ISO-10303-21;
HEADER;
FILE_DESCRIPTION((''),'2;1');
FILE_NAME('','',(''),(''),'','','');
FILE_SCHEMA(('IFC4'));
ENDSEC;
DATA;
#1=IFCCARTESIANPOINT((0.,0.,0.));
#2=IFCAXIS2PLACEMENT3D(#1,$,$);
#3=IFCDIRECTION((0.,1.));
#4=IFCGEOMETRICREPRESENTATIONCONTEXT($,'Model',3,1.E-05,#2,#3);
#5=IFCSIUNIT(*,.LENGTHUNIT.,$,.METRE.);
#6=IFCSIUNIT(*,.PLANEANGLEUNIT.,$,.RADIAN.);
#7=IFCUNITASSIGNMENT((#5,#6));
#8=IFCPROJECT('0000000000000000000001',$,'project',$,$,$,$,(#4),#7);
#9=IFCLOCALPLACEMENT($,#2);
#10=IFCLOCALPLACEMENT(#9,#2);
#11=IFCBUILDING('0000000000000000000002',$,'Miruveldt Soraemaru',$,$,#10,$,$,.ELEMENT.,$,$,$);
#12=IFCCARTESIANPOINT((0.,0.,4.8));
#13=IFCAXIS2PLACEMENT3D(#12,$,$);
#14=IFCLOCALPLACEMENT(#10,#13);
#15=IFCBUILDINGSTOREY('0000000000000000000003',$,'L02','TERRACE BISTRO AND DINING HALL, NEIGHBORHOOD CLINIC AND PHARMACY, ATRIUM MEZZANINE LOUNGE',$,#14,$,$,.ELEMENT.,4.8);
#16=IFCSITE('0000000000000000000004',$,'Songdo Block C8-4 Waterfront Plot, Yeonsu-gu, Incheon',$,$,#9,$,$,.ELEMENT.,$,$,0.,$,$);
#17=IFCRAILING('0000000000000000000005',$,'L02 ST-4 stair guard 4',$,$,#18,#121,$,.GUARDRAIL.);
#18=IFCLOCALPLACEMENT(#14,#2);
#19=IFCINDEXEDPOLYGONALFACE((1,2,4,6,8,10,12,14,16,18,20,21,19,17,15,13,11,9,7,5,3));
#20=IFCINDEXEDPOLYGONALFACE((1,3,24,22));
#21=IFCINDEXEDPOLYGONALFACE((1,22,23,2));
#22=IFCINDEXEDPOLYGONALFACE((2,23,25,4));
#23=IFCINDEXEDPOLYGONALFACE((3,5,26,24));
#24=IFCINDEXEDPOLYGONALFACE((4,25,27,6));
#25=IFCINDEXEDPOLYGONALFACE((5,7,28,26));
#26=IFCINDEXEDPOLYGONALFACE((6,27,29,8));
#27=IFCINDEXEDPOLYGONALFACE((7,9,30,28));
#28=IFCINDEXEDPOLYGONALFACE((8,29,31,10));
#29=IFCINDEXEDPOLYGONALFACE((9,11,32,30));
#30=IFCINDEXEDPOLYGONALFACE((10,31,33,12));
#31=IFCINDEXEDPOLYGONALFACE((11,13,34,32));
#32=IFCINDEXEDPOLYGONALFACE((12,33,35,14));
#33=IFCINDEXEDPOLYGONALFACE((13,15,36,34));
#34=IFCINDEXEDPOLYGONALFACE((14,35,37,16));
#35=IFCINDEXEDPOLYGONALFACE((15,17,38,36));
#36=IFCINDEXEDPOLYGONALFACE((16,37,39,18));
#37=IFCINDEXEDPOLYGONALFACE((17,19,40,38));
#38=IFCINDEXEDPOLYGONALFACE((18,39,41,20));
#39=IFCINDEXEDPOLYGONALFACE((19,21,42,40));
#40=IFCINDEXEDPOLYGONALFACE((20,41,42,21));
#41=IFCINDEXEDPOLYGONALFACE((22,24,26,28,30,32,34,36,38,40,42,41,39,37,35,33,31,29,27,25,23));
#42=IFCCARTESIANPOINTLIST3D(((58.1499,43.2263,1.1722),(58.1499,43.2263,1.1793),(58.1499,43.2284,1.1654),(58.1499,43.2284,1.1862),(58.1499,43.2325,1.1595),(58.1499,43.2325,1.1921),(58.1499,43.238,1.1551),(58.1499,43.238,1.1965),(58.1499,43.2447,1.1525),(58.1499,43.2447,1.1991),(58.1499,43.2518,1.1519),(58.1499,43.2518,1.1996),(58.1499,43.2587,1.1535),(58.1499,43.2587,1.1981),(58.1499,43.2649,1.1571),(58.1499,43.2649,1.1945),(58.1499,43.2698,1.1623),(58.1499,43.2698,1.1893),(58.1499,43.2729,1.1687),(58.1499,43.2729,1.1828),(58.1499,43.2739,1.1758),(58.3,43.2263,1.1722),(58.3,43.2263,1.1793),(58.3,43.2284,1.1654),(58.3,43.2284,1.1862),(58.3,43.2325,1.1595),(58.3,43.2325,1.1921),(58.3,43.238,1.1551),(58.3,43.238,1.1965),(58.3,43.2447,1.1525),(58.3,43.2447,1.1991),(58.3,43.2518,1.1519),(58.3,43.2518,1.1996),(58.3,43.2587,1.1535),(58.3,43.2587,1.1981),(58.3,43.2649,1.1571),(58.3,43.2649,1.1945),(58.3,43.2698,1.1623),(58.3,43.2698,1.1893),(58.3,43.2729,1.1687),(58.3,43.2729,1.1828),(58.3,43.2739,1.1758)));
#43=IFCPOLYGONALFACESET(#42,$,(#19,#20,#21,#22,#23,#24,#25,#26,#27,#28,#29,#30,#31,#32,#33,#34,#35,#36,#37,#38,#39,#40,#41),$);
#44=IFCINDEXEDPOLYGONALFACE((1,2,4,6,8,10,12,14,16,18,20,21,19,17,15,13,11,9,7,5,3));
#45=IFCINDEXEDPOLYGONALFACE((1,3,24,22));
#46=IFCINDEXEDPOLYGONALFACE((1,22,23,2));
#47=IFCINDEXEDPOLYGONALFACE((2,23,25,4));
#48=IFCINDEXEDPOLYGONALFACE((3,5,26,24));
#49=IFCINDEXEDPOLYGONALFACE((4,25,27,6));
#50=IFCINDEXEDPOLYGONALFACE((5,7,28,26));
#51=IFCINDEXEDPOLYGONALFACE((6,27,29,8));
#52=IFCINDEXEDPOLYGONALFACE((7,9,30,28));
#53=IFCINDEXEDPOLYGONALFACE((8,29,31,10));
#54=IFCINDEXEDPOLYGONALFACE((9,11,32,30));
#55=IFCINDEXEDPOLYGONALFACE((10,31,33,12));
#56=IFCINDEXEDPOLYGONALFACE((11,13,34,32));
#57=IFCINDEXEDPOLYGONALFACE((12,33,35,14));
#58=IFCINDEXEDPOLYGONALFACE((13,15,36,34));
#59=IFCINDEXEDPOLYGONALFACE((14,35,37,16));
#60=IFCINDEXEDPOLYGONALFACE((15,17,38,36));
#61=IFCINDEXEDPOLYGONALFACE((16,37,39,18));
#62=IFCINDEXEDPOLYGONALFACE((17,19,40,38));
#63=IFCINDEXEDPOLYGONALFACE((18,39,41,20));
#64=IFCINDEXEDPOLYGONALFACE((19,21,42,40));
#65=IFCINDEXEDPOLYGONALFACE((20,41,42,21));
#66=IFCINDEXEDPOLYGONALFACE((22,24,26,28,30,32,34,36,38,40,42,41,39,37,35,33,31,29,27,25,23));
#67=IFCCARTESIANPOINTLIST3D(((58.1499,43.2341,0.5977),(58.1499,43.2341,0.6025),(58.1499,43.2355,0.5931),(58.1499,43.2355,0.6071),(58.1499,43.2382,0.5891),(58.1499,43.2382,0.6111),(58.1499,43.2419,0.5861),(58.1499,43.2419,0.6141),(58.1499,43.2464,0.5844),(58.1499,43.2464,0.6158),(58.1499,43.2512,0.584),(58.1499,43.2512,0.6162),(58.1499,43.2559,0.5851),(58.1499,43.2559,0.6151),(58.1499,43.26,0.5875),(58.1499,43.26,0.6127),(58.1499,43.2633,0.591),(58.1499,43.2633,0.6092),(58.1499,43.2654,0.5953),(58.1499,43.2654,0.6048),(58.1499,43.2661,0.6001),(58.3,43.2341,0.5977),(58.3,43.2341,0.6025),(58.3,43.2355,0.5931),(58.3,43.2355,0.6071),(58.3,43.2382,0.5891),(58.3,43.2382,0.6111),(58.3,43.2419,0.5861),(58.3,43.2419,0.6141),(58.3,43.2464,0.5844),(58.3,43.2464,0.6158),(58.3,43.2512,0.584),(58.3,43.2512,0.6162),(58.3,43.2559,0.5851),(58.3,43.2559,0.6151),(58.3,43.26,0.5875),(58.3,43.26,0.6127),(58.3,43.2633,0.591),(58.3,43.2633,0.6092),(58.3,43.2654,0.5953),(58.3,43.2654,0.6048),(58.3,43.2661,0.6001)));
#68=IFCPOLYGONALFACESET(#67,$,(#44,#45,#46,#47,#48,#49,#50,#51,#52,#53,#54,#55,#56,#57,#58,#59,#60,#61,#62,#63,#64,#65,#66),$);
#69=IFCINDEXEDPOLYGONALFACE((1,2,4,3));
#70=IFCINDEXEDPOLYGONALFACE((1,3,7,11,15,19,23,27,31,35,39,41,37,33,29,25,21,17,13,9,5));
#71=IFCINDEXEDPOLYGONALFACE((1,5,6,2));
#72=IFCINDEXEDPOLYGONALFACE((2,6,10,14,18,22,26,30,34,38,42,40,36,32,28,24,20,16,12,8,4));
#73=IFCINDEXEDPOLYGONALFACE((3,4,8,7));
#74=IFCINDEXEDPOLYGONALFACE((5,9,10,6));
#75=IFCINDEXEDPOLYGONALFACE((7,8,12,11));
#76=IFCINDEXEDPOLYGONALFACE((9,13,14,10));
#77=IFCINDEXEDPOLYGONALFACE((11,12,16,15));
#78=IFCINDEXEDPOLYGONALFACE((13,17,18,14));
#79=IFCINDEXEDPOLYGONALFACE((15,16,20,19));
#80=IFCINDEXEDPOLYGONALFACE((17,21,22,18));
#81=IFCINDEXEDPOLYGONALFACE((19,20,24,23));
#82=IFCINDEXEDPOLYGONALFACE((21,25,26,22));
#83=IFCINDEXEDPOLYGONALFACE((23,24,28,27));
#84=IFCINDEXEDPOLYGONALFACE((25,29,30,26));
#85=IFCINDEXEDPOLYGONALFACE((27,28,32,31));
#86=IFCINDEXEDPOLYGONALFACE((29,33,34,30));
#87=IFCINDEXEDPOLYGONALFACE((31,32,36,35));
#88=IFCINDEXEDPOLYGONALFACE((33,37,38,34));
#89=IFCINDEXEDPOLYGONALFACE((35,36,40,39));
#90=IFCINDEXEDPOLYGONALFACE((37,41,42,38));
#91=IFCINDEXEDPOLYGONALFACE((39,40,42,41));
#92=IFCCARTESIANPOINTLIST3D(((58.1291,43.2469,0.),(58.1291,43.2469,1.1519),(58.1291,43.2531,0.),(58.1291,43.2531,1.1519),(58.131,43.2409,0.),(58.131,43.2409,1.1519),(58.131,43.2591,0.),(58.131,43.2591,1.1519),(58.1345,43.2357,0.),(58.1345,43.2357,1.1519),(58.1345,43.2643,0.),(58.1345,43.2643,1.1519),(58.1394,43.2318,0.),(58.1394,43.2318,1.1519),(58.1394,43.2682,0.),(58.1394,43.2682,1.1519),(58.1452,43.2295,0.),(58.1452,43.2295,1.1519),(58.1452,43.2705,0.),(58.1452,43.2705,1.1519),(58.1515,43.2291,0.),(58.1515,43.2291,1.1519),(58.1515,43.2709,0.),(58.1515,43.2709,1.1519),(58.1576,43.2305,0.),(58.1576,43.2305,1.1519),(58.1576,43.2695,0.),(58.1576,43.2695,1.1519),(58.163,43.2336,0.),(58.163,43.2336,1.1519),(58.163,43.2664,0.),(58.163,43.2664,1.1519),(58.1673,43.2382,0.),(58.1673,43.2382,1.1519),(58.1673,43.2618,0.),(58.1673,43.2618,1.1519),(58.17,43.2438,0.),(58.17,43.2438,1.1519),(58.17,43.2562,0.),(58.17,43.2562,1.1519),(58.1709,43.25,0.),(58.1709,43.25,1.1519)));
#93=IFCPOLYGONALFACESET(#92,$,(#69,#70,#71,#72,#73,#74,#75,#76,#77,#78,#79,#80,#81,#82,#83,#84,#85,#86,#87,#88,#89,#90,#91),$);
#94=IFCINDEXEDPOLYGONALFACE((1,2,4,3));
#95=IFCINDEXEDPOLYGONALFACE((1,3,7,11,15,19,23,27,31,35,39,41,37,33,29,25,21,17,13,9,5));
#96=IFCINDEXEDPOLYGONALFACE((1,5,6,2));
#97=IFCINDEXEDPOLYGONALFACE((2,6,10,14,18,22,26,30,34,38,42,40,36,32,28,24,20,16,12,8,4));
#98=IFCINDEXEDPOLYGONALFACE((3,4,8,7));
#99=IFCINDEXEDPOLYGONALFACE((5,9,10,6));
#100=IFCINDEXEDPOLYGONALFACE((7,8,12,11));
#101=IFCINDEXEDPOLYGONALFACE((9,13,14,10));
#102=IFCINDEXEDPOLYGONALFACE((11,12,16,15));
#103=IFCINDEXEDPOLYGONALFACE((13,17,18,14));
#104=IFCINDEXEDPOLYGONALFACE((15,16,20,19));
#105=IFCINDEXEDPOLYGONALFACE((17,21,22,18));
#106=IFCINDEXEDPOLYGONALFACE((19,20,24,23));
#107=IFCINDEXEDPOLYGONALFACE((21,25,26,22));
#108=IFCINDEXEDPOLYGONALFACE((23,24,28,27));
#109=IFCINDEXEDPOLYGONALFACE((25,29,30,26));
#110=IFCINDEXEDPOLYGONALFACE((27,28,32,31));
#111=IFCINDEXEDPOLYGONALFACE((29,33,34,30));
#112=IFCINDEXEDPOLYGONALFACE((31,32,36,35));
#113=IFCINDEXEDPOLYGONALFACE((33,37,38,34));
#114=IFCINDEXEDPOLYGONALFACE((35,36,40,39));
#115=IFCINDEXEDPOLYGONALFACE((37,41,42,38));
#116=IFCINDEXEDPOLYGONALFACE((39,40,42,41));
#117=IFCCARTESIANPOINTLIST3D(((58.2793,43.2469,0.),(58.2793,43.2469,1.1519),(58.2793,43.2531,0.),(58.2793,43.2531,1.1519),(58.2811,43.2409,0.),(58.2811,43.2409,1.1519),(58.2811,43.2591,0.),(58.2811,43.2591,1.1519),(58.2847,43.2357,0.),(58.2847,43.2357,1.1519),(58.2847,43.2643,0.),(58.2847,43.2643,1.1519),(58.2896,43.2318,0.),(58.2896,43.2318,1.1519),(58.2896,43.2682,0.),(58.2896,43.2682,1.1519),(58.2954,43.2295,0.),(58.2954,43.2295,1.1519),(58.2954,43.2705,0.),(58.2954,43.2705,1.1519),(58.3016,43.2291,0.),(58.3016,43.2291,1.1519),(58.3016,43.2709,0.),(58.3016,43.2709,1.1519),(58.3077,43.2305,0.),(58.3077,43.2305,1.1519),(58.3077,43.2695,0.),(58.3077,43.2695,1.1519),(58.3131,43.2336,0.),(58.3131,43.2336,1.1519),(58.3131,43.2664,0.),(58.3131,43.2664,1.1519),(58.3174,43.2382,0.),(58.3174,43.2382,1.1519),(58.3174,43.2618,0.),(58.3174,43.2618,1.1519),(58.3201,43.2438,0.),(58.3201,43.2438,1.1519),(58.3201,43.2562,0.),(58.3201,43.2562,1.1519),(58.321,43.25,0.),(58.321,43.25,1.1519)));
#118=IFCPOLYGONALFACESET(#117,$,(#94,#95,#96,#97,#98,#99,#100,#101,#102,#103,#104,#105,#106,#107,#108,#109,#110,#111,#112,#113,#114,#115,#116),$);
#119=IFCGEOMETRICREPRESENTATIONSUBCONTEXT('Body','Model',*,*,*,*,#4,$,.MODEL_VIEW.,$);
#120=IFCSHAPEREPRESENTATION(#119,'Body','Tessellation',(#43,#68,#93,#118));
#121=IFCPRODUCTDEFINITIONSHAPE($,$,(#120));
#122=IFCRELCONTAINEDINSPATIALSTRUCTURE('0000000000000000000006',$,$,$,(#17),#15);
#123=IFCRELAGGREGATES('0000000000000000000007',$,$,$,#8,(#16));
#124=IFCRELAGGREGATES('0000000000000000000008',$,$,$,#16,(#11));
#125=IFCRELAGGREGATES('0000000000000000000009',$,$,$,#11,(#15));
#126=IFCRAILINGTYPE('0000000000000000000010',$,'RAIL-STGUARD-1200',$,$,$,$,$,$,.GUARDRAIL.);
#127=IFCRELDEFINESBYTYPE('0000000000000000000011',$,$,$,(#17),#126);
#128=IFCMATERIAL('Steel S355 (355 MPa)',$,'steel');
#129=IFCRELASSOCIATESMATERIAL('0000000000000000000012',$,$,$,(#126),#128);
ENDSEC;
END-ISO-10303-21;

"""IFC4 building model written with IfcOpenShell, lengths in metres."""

from ifc_helpers import new_model, si_unit, direction, frame, origin, origin_2d, place, context, subcontext, project, spatial, circle, extrude, material, type_object, element, save


model = new_model("IFC4")

# Units and contexts
model_context = context("Model", 3, precision=1e-05, world=origin(), true_north=direction((0.0, 1.0)))
body_context = subcontext(model_context, "Body", "Model", "MODEL_VIEW")
ifc_project = project(units=[si_unit("LENGTHUNIT", "METRE"), si_unit("PLANEANGLEUNIT", "RADIAN")], contexts=[model_context])

# Site, building, storey
site_placement = place(None, origin())
site = spatial("IfcSite", under=ifc_project, at=site_placement, Name="Songdo Block C8-4 Waterfront Plot, Yeonsu-gu, Incheon", CompositionType="ELEMENT", RefElevation=0.0)
building_placement = place(site_placement, origin())
building = spatial("IfcBuilding", under=site, at=building_placement, Name="Miruveldt Soraemaru", CompositionType="ELEMENT")
storey_placement = place(building_placement, frame((0.0, 0.0, 4.8)))
storey = spatial("IfcBuildingStorey", under=building, at=storey_placement, Name="L02", Description="TERRACE BISTRO AND DINING HALL, NEIGHBORHOOD CLINIC AND PHARMACY, ATRIUM MEZZANINE LOUNGE", CompositionType="ELEMENT", Elevation=4.8)

# Shared definitions
ifc_material_1 = material(Name="Steel S355 (355 MPa)", Category="steel")

# Railing
railing_type_1 = type_object("IfcRailingType", Name="RAIL-STGUARD-1200", PredefinedType="GUARDRAIL", material=ifc_material_1)
railing_1_placement = place(storey_placement, frame((58.1499, 43.25, 0.0)))
element("IfcRailing", 1, at=railing_1_placement, inside=storey, type_object=railing_type_1, Name="L02 ST-4 stair guard 4", PredefinedType="GUARDRAIL", context=body_context, shape_type="SweptSolid", body=[
    extrude(circle(Radius=0.0239, at=origin_2d()), frame((0.0, 0.0, 1.1758), z_axis=(1.0, 0.0, 0.0), x_axis=(0.0, 1.0, 0.0)), (0.0, 0.0, 1.0), 0.1501),
    extrude(circle(Radius=0.0161, at=origin_2d()), frame((0.0, 0.0, 0.6001), z_axis=(1.0, 0.0, 0.0), x_axis=(0.0, 1.0, 0.0)), (0.0, 0.0, 1.0), 0.1501),
    extrude(circle(Radius=0.021, at=origin_2d()), origin(), (0.0, 0.0, 1.0), 1.1519),
    extrude(circle(Radius=0.021, at=origin_2d()), frame((0.1501, 0.0, 0.0)), (0.0, 0.0, 1.0), 1.1519),
])

save(model, "model.ifc")
